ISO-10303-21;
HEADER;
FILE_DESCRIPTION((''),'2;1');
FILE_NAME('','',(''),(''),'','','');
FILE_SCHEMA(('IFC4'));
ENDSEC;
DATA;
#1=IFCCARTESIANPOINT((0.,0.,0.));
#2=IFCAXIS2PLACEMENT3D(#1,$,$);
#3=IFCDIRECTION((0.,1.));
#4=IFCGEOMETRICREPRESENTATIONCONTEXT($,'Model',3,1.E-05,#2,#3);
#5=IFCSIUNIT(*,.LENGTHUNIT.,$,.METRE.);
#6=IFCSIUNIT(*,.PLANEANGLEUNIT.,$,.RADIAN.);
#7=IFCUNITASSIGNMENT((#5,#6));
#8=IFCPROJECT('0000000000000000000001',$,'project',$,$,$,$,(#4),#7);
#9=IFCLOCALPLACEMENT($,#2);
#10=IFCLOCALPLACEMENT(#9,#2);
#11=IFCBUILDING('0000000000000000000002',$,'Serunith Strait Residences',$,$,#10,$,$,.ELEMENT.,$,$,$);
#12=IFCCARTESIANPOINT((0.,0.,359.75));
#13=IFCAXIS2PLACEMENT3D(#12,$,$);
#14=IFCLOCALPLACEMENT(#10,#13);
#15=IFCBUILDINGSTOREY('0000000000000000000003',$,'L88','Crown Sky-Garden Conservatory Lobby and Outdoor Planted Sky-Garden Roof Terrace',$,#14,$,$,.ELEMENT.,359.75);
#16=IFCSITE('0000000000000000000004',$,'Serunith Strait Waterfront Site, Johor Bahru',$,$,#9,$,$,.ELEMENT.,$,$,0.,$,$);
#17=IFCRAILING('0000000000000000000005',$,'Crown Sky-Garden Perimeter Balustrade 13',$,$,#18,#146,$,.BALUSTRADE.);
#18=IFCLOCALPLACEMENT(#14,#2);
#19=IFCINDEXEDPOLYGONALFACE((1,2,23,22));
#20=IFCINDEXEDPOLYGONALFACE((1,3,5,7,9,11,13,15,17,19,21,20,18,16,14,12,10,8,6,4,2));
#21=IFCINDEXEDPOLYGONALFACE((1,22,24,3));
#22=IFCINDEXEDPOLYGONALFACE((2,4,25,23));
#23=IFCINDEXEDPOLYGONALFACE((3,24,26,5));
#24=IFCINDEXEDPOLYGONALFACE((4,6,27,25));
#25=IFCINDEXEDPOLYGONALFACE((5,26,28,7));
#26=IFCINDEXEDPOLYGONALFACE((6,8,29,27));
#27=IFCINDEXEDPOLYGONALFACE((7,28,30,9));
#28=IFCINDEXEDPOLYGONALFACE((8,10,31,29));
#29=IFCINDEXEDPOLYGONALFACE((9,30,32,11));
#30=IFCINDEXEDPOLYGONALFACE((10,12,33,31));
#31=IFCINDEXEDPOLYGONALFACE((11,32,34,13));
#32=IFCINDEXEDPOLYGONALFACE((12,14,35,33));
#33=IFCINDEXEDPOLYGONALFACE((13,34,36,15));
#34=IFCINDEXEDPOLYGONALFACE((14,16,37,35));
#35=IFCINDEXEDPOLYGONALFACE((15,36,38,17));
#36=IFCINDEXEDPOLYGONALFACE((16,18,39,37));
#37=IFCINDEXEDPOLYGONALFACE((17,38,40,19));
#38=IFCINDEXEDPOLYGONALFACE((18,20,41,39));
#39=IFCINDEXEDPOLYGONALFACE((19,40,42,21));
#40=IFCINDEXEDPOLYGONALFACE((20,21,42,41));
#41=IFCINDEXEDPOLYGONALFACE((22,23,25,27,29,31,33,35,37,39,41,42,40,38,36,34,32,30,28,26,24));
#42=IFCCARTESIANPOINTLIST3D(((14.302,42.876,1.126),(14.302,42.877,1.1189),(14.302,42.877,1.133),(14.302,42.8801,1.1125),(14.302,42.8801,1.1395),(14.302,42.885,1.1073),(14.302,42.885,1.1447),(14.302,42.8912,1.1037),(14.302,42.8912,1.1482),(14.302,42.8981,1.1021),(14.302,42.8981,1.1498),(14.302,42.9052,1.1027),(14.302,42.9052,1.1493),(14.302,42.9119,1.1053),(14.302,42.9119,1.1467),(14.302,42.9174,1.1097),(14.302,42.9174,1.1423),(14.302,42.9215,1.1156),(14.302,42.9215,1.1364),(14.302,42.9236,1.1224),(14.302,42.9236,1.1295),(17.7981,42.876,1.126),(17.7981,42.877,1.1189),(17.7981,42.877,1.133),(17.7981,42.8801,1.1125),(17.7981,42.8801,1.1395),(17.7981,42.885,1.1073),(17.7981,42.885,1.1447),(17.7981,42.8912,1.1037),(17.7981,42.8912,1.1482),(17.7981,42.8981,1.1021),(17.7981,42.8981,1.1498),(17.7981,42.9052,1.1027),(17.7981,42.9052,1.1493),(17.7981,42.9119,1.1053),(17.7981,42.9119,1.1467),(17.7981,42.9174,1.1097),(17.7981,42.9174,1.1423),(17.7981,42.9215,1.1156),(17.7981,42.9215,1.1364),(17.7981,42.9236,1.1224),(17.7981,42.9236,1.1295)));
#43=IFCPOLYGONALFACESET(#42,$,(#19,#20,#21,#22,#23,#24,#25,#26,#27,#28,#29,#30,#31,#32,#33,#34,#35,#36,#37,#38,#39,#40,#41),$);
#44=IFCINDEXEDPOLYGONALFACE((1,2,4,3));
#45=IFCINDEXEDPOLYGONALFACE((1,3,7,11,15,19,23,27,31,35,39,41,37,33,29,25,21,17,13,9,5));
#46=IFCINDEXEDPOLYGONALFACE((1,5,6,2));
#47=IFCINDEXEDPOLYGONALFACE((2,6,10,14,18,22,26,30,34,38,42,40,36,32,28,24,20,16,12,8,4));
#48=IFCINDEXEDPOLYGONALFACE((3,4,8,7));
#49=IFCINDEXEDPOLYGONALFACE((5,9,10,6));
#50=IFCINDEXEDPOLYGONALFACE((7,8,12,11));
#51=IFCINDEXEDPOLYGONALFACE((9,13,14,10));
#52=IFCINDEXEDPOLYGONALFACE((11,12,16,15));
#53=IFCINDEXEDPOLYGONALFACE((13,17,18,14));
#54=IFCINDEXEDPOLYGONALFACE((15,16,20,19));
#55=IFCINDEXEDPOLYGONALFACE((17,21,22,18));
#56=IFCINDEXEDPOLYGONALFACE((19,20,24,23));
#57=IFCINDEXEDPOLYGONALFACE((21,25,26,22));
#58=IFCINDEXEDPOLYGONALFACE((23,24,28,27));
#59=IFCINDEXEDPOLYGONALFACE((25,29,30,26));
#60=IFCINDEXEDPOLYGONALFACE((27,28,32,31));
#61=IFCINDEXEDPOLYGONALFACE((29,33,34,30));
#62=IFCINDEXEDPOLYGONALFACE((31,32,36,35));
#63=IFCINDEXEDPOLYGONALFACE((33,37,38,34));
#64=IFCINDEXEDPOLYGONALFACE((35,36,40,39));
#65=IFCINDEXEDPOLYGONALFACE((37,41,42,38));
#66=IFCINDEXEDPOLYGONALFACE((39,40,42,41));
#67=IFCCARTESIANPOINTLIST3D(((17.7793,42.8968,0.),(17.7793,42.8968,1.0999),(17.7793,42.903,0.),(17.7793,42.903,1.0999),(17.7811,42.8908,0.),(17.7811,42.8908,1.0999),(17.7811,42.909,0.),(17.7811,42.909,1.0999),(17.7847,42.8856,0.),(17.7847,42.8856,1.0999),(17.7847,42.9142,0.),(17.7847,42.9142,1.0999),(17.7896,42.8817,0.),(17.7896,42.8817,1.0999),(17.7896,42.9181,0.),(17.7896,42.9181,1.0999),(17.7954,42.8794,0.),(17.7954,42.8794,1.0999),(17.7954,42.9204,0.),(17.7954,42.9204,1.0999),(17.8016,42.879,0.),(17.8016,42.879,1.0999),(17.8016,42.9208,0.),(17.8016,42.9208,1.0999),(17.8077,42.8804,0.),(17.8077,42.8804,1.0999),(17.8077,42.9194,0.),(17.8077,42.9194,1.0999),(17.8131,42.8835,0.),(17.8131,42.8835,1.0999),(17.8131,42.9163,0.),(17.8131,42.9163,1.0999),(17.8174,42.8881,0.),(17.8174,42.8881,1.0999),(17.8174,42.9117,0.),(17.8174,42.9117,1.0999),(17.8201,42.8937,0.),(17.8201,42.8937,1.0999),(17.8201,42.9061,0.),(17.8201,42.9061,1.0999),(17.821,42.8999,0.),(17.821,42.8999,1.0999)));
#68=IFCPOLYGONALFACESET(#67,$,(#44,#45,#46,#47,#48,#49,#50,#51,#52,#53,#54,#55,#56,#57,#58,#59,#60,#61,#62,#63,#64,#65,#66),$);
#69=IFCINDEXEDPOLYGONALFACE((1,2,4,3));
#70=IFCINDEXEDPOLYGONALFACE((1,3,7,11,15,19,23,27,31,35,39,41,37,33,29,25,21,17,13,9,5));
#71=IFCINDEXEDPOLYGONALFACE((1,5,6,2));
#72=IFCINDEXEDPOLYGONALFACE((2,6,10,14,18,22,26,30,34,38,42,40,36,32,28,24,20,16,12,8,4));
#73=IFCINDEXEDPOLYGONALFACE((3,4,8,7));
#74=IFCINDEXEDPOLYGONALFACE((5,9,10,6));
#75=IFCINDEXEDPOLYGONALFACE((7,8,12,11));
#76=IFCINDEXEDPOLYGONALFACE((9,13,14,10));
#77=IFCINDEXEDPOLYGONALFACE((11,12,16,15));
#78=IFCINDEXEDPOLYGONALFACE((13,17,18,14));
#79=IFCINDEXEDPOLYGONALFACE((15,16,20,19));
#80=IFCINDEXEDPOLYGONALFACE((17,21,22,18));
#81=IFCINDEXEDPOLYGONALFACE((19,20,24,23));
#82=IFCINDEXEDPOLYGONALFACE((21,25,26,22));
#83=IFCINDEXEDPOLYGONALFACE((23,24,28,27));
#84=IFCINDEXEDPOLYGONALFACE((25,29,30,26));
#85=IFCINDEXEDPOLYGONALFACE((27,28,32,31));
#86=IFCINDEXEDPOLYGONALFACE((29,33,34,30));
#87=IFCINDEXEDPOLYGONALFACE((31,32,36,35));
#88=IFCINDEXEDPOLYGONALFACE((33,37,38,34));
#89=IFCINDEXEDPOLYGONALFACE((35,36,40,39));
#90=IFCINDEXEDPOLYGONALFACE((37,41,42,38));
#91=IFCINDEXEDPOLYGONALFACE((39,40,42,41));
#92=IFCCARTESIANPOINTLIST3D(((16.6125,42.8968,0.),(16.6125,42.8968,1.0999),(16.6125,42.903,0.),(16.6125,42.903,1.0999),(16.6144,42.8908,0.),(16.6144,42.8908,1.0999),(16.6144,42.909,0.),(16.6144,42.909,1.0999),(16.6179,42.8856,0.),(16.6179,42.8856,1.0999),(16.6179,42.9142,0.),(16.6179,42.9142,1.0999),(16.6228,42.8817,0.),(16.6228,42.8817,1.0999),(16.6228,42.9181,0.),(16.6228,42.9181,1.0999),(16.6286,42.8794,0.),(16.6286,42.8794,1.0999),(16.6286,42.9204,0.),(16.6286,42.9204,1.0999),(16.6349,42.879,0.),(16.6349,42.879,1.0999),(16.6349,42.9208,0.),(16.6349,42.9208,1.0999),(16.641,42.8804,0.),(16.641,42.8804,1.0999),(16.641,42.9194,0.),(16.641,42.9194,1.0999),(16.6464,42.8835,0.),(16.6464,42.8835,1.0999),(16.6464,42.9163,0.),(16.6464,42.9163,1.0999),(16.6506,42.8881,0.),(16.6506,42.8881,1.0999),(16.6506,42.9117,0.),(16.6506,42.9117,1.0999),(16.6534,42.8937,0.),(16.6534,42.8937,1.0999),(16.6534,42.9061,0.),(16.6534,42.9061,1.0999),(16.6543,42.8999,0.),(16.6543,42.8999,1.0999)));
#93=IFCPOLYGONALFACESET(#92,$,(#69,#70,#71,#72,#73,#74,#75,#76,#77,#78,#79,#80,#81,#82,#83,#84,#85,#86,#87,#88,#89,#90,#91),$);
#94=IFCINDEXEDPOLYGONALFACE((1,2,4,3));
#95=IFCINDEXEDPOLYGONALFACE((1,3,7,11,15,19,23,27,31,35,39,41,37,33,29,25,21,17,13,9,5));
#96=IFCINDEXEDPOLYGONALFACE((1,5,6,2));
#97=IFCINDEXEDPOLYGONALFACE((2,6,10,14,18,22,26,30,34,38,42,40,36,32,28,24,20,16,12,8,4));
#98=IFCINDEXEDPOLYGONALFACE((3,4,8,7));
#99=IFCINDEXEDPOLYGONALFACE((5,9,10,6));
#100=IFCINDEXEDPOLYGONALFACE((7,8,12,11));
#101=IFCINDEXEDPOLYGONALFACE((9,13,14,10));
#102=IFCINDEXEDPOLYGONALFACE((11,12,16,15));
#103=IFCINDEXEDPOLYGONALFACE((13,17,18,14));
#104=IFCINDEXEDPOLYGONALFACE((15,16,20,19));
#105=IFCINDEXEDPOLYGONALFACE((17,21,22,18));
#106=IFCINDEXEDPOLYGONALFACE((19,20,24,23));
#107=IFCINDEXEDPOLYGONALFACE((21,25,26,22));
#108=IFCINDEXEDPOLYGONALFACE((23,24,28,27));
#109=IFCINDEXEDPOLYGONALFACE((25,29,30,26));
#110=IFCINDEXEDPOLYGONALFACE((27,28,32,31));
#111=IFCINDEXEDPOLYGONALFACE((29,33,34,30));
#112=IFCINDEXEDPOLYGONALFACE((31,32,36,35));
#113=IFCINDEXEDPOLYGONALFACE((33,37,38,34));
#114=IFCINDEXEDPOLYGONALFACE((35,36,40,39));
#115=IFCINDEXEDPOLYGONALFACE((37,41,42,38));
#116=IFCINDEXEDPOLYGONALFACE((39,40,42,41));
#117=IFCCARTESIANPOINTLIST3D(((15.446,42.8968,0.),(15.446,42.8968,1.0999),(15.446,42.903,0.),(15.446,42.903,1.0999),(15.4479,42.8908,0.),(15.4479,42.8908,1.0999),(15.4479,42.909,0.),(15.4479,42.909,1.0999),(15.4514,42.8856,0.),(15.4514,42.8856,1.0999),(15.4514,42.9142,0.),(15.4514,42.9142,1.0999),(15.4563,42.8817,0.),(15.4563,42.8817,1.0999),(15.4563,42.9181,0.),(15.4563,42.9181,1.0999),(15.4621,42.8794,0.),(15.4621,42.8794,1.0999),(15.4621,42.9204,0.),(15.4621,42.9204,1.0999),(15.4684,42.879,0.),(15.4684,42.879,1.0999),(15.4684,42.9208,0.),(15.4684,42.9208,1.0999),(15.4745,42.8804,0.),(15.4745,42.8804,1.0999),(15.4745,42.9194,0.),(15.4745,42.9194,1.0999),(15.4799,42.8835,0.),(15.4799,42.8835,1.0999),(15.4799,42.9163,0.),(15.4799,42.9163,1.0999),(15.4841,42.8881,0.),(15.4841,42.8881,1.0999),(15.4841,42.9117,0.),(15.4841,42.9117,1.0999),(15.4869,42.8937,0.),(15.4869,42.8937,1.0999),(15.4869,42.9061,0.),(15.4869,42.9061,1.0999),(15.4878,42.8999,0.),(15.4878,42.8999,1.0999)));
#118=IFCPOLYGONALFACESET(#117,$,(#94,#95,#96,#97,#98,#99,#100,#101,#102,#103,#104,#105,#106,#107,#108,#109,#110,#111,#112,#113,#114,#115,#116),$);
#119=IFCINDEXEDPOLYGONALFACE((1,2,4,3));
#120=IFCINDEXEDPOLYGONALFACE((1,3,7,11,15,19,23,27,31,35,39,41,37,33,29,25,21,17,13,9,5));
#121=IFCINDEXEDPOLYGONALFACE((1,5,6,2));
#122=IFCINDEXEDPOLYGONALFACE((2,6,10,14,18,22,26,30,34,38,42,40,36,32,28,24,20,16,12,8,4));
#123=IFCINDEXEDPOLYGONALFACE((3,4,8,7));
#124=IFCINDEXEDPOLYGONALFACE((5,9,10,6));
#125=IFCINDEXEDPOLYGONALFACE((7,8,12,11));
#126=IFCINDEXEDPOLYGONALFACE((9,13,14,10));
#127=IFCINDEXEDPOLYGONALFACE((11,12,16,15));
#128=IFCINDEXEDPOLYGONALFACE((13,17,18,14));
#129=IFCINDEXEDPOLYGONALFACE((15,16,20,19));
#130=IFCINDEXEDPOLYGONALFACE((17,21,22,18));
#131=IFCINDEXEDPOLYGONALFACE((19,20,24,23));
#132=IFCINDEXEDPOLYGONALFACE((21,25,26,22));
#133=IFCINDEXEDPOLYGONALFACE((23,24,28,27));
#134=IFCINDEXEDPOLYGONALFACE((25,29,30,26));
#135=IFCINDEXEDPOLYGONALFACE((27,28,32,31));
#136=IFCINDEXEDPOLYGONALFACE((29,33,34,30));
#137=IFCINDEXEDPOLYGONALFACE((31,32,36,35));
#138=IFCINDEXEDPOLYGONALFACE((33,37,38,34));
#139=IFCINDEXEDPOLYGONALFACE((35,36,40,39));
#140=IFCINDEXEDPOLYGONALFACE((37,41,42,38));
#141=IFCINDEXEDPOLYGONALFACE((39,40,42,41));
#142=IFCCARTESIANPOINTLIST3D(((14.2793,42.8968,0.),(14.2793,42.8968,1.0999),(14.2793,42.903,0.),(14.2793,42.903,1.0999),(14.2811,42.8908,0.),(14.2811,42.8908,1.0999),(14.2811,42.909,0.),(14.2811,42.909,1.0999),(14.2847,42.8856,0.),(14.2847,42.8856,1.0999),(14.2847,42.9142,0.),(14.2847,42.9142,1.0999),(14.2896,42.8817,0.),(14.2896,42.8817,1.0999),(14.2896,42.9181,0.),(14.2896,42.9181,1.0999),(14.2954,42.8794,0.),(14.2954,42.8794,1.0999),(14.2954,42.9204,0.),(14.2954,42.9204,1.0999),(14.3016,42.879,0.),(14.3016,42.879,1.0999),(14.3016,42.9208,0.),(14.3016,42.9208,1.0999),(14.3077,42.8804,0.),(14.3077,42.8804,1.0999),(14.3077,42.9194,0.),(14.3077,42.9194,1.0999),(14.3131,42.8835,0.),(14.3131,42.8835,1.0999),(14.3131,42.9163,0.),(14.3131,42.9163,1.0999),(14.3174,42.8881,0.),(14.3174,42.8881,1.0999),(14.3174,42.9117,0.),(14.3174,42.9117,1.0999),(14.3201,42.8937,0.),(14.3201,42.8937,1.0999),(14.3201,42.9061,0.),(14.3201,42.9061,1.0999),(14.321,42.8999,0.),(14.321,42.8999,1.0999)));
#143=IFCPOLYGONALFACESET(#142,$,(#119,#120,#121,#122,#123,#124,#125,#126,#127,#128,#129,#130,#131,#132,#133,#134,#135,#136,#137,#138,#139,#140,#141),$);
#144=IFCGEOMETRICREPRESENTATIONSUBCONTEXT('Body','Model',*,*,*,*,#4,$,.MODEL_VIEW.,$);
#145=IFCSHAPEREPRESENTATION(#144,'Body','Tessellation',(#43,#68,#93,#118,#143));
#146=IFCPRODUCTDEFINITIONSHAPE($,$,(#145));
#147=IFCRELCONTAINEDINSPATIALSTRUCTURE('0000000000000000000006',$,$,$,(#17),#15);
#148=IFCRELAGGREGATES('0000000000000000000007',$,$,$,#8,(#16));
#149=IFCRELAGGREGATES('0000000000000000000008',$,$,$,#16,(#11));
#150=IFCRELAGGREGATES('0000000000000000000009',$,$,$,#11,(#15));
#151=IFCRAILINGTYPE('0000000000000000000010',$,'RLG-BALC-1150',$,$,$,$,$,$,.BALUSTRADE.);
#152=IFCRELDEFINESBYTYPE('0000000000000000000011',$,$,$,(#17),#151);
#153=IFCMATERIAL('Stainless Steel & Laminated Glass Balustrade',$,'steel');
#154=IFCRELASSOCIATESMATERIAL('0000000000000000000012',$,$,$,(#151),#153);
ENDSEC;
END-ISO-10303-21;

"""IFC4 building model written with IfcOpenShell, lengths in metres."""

from ifc_helpers import new_model, si_unit, direction, frame, origin, origin_2d, place, context, subcontext, project, spatial, circle, extrude, material, type_object, element, save


model = new_model("IFC4")

# Units and contexts
model_context = context("Model", 3, precision=1e-05, world=origin(), true_north=direction((0.0, 1.0)))
body_context = subcontext(model_context, "Body", "Model", "MODEL_VIEW")
ifc_project = project(units=[si_unit("LENGTHUNIT", "METRE"), si_unit("PLANEANGLEUNIT", "RADIAN")], contexts=[model_context])

# Site, building, storey
site_placement = place(None, origin())
site = spatial("IfcSite", under=ifc_project, at=site_placement, Name="Serunith Strait Waterfront Site, Johor Bahru", CompositionType="ELEMENT", RefElevation=0.0)
building_placement = place(site_placement, origin())
building = spatial("IfcBuilding", under=site, at=building_placement, Name="Serunith Strait Residences", CompositionType="ELEMENT")
storey_placement = place(building_placement, frame((0.0, 0.0, 359.75)))
storey = spatial("IfcBuildingStorey", under=building, at=storey_placement, Name="L88", Description="Crown Sky-Garden Conservatory Lobby and Outdoor Planted Sky-Garden Roof Terrace", CompositionType="ELEMENT", Elevation=359.75)

# Railing
ifc_material_1 = material(Name="Stainless Steel & Laminated Glass Balustrade", Category="steel")
railing_type_1 = type_object("IfcRailingType", Name="RLG-BALC-1150", PredefinedType="BALUSTRADE", material=ifc_material_1)
railing_1_placement = place(storey_placement, frame((17.8, 42.8999, 0.0)))
element("IfcRailing", 1, at=railing_1_placement, inside=storey, type_object=railing_type_1, Name="Crown Sky-Garden Perimeter Balustrade 13", PredefinedType="BALUSTRADE", context=body_context, shape_type="SweptSolid", body=[
    extrude(circle(Radius=0.0239, at=origin_2d()), frame((-0.002, 0.0, 1.126), z_axis=(-1.0, 0.0, 0.0), x_axis=(0.0, -1.0, 0.0)), (0.0, 0.0, 1.0), 3.4961),
    extrude(circle(Radius=0.021, at=origin_2d()), origin(), (0.0, 0.0, 1.0), 1.0999),
    extrude(circle(Radius=0.021, at=origin_2d()), frame((-1.1667, 0.0, 0.0)), (0.0, 0.0, 1.0), 1.0999),
    extrude(circle(Radius=0.021, at=origin_2d()), frame((-2.3333, 0.0, 0.0)), (0.0, 0.0, 1.0), 1.0999),
    extrude(circle(Radius=0.021, at=origin_2d()), frame((-3.5, 0.0, 0.0)), (0.0, 0.0, 1.0), 1.0999),
])

save(model, "model.ifc")
